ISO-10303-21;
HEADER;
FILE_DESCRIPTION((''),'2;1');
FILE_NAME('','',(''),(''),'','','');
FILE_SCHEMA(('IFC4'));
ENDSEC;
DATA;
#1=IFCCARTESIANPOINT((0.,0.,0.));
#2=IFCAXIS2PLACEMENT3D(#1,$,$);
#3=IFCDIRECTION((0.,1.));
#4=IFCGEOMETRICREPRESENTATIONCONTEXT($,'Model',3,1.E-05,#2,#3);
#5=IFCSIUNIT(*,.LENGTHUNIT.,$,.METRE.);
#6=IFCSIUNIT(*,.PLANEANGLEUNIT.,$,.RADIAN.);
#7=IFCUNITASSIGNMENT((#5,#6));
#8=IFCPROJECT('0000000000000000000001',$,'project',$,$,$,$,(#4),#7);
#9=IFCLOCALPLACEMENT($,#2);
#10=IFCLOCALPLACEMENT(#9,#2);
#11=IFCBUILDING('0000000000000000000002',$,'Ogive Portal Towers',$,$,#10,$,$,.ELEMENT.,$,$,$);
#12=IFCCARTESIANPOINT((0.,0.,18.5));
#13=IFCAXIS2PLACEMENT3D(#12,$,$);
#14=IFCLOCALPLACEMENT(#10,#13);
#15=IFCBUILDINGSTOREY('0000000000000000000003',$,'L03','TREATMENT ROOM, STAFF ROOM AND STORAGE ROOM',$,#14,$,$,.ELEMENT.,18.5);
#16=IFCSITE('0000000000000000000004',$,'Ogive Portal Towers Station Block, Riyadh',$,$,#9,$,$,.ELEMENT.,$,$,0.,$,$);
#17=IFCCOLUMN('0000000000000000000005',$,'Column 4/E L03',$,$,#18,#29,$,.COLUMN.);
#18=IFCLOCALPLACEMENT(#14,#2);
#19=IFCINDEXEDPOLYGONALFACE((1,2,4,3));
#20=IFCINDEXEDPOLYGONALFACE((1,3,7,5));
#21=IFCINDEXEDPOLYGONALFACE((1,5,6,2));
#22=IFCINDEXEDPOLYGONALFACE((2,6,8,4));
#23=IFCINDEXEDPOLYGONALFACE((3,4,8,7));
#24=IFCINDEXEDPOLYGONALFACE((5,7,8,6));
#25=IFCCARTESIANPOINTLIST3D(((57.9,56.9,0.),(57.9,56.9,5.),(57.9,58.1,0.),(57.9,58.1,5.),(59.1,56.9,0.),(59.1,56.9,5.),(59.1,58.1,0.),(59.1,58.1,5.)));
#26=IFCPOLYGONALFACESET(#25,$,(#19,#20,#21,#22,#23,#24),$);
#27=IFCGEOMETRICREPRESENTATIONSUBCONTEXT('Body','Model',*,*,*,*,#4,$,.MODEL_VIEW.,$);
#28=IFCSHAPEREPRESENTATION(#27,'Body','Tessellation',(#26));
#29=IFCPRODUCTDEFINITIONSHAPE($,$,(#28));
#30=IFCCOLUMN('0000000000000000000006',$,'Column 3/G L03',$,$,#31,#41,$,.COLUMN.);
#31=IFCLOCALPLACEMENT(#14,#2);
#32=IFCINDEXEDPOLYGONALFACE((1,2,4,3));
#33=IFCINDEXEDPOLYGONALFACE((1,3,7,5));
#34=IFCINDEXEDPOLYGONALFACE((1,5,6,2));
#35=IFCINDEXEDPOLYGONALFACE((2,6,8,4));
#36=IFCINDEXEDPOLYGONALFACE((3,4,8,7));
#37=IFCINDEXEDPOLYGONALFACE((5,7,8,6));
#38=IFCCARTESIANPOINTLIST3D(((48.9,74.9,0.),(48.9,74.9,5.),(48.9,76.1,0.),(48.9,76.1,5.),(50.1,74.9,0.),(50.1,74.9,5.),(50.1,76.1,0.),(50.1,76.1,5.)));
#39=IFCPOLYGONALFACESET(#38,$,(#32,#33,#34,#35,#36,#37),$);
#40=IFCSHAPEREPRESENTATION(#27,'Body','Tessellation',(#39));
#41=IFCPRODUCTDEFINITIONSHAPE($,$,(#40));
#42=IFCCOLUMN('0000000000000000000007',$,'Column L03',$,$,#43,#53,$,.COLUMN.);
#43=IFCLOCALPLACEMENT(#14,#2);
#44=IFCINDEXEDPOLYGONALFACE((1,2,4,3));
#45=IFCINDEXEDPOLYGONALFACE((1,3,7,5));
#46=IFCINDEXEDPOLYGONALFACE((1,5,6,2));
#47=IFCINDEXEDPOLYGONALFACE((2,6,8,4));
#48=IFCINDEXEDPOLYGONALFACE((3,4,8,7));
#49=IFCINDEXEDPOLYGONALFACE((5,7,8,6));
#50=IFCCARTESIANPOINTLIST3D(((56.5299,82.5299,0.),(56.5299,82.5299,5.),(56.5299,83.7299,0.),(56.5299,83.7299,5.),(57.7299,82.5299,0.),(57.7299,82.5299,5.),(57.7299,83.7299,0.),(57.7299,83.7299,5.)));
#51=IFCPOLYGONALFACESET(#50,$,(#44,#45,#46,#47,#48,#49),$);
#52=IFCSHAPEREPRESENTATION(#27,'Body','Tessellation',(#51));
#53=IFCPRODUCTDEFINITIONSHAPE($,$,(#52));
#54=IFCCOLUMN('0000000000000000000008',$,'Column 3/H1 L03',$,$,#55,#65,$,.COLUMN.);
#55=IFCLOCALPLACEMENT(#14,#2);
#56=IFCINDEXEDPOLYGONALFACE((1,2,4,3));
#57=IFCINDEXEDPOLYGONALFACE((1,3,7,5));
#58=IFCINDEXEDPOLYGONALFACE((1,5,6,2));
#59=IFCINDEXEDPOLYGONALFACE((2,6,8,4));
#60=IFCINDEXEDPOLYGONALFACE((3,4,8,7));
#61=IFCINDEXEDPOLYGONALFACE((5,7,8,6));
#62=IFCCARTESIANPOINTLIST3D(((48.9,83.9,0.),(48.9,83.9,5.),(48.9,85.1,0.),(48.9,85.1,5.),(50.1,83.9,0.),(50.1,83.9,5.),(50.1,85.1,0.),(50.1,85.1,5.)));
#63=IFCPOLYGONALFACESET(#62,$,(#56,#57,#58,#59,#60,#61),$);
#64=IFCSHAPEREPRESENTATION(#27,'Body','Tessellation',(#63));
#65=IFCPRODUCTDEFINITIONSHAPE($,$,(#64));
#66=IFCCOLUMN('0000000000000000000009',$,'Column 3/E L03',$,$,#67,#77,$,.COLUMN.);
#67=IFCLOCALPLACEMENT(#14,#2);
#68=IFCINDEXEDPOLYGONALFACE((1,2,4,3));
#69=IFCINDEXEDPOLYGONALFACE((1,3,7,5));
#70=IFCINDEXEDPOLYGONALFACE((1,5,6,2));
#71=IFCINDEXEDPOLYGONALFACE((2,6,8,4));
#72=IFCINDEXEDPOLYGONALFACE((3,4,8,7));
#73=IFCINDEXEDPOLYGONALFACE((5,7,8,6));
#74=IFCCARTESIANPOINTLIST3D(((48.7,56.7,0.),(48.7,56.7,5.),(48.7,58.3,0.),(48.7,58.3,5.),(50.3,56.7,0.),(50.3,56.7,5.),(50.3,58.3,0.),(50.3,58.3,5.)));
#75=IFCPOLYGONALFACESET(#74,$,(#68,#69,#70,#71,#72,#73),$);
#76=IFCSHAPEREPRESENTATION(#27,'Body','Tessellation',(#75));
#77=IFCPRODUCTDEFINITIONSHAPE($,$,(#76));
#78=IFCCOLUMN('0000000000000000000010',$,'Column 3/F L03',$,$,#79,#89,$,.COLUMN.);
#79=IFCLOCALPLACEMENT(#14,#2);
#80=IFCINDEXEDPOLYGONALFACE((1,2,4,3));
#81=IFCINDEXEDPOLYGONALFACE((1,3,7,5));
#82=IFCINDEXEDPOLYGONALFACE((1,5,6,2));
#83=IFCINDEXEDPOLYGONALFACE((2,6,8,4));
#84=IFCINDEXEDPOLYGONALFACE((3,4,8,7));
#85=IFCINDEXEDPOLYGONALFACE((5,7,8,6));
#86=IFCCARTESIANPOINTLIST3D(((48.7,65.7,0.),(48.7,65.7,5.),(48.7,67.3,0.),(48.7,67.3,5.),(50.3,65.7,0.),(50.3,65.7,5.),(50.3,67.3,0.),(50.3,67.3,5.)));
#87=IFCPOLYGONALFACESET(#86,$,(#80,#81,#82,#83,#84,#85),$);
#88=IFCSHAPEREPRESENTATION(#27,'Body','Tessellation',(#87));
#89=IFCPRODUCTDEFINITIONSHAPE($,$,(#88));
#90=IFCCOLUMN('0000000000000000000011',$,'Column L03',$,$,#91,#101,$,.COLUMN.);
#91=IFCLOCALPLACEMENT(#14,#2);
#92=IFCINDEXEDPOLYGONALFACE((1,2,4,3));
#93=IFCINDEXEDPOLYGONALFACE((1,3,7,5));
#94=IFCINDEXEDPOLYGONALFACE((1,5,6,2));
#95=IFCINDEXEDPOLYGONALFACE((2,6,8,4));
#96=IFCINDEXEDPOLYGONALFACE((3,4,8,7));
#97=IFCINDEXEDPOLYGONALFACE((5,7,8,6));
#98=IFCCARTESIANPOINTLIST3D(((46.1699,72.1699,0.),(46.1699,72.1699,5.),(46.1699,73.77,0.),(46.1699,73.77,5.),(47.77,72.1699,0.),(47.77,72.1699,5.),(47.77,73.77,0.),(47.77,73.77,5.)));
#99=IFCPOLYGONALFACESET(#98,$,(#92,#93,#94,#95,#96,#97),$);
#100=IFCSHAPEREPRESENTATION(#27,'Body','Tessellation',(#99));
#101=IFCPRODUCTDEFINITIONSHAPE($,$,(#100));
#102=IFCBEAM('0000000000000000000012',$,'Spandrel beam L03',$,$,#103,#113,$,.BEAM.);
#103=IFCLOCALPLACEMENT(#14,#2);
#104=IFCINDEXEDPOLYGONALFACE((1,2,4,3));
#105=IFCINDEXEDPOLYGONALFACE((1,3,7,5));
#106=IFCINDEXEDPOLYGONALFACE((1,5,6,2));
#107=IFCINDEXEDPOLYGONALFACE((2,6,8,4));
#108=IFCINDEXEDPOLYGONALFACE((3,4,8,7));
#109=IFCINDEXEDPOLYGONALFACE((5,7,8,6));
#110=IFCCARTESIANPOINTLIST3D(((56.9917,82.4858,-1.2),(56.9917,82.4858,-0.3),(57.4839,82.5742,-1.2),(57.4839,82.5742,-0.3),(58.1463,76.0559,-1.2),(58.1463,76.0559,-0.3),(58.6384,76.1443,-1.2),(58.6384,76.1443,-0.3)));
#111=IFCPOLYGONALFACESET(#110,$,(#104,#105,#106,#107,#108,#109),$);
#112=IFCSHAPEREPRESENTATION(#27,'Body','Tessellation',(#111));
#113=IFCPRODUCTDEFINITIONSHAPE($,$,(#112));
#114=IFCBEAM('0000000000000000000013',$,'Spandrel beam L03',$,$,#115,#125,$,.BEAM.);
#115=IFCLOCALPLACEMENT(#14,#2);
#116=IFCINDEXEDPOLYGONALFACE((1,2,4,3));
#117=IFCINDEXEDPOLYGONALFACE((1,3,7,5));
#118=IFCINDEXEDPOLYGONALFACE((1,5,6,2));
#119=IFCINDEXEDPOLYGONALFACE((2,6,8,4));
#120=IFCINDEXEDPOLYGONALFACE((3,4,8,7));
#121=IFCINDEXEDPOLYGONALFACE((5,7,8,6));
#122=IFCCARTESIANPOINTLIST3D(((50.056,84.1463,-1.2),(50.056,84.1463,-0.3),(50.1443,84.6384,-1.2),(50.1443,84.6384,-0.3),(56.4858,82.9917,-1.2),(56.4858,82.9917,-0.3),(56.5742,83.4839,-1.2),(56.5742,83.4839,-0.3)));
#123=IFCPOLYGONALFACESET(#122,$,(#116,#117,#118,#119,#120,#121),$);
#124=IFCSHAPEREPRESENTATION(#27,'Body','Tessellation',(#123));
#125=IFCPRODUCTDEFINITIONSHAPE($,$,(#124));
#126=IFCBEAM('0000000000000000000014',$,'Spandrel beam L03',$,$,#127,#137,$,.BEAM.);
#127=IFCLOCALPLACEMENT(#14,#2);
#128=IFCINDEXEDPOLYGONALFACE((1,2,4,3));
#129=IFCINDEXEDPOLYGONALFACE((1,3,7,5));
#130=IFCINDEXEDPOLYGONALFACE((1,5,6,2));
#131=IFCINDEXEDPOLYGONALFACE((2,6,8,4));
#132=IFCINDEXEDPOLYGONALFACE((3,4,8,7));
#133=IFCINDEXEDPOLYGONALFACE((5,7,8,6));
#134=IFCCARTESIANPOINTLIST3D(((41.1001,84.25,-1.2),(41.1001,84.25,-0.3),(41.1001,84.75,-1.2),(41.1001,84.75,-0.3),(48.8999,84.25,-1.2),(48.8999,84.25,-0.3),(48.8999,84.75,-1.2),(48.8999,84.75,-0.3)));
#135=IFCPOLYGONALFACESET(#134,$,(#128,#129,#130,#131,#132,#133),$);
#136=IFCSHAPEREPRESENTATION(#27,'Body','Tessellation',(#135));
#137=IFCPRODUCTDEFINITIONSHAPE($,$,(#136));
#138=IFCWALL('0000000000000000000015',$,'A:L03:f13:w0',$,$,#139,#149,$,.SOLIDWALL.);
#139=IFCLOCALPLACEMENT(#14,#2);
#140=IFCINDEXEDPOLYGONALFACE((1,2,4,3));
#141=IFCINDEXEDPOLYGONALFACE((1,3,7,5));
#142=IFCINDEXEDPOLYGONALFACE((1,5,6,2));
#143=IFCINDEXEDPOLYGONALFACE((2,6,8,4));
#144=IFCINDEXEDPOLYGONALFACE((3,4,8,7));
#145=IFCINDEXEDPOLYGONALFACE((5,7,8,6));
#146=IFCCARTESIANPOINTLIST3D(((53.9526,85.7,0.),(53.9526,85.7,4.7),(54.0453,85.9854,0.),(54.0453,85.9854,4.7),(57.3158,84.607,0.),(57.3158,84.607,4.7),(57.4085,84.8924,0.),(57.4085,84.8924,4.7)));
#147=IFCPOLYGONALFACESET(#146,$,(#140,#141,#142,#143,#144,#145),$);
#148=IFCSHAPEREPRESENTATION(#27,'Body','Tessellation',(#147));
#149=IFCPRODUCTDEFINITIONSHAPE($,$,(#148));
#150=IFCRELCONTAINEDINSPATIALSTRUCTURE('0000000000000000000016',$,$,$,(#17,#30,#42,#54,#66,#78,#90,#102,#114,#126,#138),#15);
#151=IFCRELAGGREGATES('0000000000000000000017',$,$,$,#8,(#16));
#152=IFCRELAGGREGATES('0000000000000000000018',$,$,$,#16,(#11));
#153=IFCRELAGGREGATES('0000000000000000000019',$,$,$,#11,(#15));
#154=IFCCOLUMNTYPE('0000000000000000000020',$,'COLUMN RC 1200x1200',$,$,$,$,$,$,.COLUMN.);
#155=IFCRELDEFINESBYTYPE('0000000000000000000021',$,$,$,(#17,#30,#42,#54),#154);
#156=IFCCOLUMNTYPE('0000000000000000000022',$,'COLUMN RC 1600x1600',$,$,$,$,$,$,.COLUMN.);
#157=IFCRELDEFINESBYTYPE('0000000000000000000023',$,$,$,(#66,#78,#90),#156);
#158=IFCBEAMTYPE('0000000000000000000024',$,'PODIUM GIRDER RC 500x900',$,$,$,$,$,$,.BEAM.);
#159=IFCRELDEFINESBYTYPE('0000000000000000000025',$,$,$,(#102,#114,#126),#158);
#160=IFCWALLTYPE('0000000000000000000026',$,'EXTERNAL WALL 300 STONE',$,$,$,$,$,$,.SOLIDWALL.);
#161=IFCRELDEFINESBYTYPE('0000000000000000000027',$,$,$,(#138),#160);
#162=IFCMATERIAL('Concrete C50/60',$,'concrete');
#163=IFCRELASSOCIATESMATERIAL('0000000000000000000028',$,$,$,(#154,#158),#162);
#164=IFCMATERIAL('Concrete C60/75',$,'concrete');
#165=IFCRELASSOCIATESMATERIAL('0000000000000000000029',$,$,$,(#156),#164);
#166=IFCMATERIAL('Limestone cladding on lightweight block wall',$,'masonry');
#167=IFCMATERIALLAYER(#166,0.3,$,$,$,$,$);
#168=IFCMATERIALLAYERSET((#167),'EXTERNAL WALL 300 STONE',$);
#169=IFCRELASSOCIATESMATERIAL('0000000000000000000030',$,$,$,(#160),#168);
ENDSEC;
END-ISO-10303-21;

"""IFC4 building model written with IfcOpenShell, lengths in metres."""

from ifc_helpers import new_model, si_unit, direction, frame, frame_2d, origin, origin_2d, place, context, subcontext, project, spatial, rectangle, extrude, material, layer, layer_set, material_profile, profile_set, type_object, element, save


model = new_model("IFC4")

# Units and contexts
model_context = context("Model", 3, precision=1e-05, world=origin(), true_north=direction((0.0, 1.0)))
body_context = subcontext(model_context, "Body", "Model", "MODEL_VIEW")
ifc_project = project(units=[si_unit("LENGTHUNIT", "METRE"), si_unit("PLANEANGLEUNIT", "RADIAN")], contexts=[model_context])

# Site, building, storey
site_placement = place(None, origin())
site = spatial("IfcSite", under=ifc_project, at=site_placement, Name="Ogive Portal Towers Station Block, Riyadh", CompositionType="ELEMENT", RefElevation=0.0)
building_placement = place(site_placement, origin())
building = spatial("IfcBuilding", under=site, at=building_placement, Name="Ogive Portal Towers", CompositionType="ELEMENT")
storey_placement = place(building_placement, frame((0.0, 0.0, 18.5)))
storey = spatial("IfcBuildingStorey", under=building, at=storey_placement, Name="L03", Description="TREATMENT ROOM, STAFF ROOM AND STORAGE ROOM", CompositionType="ELEMENT", Elevation=18.5)

# Columns
ifc_material_1 = material(Name="Concrete C50/60", Category="concrete")
ifc_material_profile_1 = material_profile(ifc_material_1, rectangle(XDim=1.2, YDim=1.2, at=origin_2d()), Name="RC 1200x1200")
ifc_profile_set_1 = profile_set([ifc_material_profile_1], Name="Concrete C50/60")
column_type_1 = type_object("IfcColumnType", Name="COLUMN RC 1200x1200", PredefinedType="COLUMN", material=ifc_profile_set_1)
for number, where, z_axis, x_axis, name in (
    (1, (58.5, 57.5, 0.0), (0.0, 0.0, 1.0), (1.0, 0.0, 0.0), "Column 4/E L03"),
    (2, (49.5, 75.5, 0.0), (0.0, 0.0, 1.0), (1.0, 0.0, 0.0), "Column 3/G L03"),
    (3, (57.1299, 83.1299, 0.0), (0.0, 0.0, 1.0), (1.0, 0.0, 0.0), "Column L03"),
    (4, (49.5, 84.5, 0.0), (0.0, 0.0, 1.0), (1.0, 0.0, 0.0), "Column 3/H1 L03"),
):
    element("IfcColumn", number, at=place(storey_placement, frame(where, z_axis=z_axis, x_axis=x_axis)), inside=storey, type_object=column_type_1, Name=name, PredefinedType="COLUMN", context=body_context, shape_type="SweptSolid", body=[
        extrude(rectangle(XDim=1.2, YDim=1.2, at=origin_2d()), origin(), (0.0, 0.0, 1.0), 5.0),
    ])
ifc_material_2 = material(Name="Concrete C60/75", Category="concrete")
ifc_material_profile_2 = material_profile(ifc_material_2, rectangle(XDim=1.6001, YDim=1.6001, at=origin_2d()), Name="RC 1600x1600")
ifc_profile_set_2 = profile_set([ifc_material_profile_2], Name="Concrete C60/75")
column_type_2 = type_object("IfcColumnType", Name="COLUMN RC 1600x1600", PredefinedType="COLUMN", material=ifc_profile_set_2)
for number, where, z_axis, x_axis, name in (
    (5, (49.5, 57.5, 0.0), (0.0, 0.0, 1.0), (1.0, 0.0, 0.0), "Column 3/E L03"),
    (6, (49.5, 66.5, 0.0), (0.0, 0.0, 1.0), (1.0, 0.0, 0.0), "Column 3/F L03"),
    (7, (46.97, 72.97, 0.0), (0.0, 0.0, 1.0), (1.0, 0.0, 0.0), "Column L03"),
):
    element("IfcColumn", number, at=place(storey_placement, frame(where, z_axis=z_axis, x_axis=x_axis)), inside=storey, type_object=column_type_2, Name=name, PredefinedType="COLUMN", context=body_context, shape_type="SweptSolid", body=[
        extrude(rectangle(XDim=1.6001, YDim=1.6001, at=origin_2d()), origin(), (0.0, 0.0, 1.0), 5.0),
    ])

# Beams
ifc_material_profile_3 = material_profile(ifc_material_1, rectangle(XDim=0.5, YDim=0.8999, at=origin_2d()), Name="RC 500x900")
ifc_profile_set_3 = profile_set([ifc_material_profile_3], Name="Concrete C50/60")
beam_type = type_object("IfcBeamType", Name="PODIUM GIRDER RC 500x900", PredefinedType="BEAM", material=ifc_profile_set_3)
for number, where, z_axis, x_axis, name in (
    (8, (58.3923, 76.1001, -0.75), (-0.176731, 0.984259, 0.0), (-0.984259, -0.176731, 0.0), "Spandrel beam L03"),
    (9, (56.53, 83.2378, -0.75), (-0.984259, 0.176731, 0.0), (-0.176731, -0.984259, 0.0), "Spandrel beam L03"),
):
    element("IfcBeam", number, at=place(storey_placement, frame(where, z_axis=z_axis, x_axis=x_axis)), inside=storey, type_object=beam_type, Name=name, PredefinedType="BEAM", context=body_context, shape_type="SweptSolid", body=[
        extrude(rectangle(XDim=0.5, YDim=0.8999, at=origin_2d()), origin(), (0.0, 0.0, 1.0), 6.5327),
    ])
beam_placement = place(storey_placement, frame((48.8999, 84.5, -0.75), z_axis=(-1.0, 0.0, 0.0), x_axis=(0.0, -1.0, 0.0)))
element("IfcBeam", 10, at=beam_placement, inside=storey, type_object=beam_type, Name="Spandrel beam L03", PredefinedType="BEAM", context=body_context, shape_type="SweptSolid", body=[
    extrude(rectangle(XDim=0.5, YDim=0.8999, at=origin_2d()), origin(), (0.0, 0.0, 1.0), 7.7998),
])

# Wall
ifc_material_3 = material(Name="Limestone cladding on lightweight block wall", Category="masonry")
ifc_layer_1 = layer(ifc_material_3, 0.3)
ifc_layer_set_1 = layer_set([ifc_layer_1], Name="EXTERNAL WALL 300 STONE")
wall_type_1 = type_object("IfcWallType", Name="EXTERNAL WALL 300 STONE", PredefinedType="SOLIDWALL", material=ifc_layer_set_1)
wall_1_placement = place(storey_placement, frame((57.3621, 84.7498, 0.0), z_axis=(0.0, 0.0, 1.0), x_axis=(-0.951038, 0.309074, 0.0)))
element("IfcWall", 11, at=wall_1_placement, inside=storey, type_object=wall_type_1, Name="A:L03:f13:w0", PredefinedType="SOLIDWALL", context=body_context, shape_type="SweptSolid", body=[
    extrude(rectangle(XDim=3.5364, YDim=0.3, at=frame_2d((1.7681, 0.0))), origin(), (0.0, 0.0, 1.0), 4.7),
])

save(model, "model.ifc")
